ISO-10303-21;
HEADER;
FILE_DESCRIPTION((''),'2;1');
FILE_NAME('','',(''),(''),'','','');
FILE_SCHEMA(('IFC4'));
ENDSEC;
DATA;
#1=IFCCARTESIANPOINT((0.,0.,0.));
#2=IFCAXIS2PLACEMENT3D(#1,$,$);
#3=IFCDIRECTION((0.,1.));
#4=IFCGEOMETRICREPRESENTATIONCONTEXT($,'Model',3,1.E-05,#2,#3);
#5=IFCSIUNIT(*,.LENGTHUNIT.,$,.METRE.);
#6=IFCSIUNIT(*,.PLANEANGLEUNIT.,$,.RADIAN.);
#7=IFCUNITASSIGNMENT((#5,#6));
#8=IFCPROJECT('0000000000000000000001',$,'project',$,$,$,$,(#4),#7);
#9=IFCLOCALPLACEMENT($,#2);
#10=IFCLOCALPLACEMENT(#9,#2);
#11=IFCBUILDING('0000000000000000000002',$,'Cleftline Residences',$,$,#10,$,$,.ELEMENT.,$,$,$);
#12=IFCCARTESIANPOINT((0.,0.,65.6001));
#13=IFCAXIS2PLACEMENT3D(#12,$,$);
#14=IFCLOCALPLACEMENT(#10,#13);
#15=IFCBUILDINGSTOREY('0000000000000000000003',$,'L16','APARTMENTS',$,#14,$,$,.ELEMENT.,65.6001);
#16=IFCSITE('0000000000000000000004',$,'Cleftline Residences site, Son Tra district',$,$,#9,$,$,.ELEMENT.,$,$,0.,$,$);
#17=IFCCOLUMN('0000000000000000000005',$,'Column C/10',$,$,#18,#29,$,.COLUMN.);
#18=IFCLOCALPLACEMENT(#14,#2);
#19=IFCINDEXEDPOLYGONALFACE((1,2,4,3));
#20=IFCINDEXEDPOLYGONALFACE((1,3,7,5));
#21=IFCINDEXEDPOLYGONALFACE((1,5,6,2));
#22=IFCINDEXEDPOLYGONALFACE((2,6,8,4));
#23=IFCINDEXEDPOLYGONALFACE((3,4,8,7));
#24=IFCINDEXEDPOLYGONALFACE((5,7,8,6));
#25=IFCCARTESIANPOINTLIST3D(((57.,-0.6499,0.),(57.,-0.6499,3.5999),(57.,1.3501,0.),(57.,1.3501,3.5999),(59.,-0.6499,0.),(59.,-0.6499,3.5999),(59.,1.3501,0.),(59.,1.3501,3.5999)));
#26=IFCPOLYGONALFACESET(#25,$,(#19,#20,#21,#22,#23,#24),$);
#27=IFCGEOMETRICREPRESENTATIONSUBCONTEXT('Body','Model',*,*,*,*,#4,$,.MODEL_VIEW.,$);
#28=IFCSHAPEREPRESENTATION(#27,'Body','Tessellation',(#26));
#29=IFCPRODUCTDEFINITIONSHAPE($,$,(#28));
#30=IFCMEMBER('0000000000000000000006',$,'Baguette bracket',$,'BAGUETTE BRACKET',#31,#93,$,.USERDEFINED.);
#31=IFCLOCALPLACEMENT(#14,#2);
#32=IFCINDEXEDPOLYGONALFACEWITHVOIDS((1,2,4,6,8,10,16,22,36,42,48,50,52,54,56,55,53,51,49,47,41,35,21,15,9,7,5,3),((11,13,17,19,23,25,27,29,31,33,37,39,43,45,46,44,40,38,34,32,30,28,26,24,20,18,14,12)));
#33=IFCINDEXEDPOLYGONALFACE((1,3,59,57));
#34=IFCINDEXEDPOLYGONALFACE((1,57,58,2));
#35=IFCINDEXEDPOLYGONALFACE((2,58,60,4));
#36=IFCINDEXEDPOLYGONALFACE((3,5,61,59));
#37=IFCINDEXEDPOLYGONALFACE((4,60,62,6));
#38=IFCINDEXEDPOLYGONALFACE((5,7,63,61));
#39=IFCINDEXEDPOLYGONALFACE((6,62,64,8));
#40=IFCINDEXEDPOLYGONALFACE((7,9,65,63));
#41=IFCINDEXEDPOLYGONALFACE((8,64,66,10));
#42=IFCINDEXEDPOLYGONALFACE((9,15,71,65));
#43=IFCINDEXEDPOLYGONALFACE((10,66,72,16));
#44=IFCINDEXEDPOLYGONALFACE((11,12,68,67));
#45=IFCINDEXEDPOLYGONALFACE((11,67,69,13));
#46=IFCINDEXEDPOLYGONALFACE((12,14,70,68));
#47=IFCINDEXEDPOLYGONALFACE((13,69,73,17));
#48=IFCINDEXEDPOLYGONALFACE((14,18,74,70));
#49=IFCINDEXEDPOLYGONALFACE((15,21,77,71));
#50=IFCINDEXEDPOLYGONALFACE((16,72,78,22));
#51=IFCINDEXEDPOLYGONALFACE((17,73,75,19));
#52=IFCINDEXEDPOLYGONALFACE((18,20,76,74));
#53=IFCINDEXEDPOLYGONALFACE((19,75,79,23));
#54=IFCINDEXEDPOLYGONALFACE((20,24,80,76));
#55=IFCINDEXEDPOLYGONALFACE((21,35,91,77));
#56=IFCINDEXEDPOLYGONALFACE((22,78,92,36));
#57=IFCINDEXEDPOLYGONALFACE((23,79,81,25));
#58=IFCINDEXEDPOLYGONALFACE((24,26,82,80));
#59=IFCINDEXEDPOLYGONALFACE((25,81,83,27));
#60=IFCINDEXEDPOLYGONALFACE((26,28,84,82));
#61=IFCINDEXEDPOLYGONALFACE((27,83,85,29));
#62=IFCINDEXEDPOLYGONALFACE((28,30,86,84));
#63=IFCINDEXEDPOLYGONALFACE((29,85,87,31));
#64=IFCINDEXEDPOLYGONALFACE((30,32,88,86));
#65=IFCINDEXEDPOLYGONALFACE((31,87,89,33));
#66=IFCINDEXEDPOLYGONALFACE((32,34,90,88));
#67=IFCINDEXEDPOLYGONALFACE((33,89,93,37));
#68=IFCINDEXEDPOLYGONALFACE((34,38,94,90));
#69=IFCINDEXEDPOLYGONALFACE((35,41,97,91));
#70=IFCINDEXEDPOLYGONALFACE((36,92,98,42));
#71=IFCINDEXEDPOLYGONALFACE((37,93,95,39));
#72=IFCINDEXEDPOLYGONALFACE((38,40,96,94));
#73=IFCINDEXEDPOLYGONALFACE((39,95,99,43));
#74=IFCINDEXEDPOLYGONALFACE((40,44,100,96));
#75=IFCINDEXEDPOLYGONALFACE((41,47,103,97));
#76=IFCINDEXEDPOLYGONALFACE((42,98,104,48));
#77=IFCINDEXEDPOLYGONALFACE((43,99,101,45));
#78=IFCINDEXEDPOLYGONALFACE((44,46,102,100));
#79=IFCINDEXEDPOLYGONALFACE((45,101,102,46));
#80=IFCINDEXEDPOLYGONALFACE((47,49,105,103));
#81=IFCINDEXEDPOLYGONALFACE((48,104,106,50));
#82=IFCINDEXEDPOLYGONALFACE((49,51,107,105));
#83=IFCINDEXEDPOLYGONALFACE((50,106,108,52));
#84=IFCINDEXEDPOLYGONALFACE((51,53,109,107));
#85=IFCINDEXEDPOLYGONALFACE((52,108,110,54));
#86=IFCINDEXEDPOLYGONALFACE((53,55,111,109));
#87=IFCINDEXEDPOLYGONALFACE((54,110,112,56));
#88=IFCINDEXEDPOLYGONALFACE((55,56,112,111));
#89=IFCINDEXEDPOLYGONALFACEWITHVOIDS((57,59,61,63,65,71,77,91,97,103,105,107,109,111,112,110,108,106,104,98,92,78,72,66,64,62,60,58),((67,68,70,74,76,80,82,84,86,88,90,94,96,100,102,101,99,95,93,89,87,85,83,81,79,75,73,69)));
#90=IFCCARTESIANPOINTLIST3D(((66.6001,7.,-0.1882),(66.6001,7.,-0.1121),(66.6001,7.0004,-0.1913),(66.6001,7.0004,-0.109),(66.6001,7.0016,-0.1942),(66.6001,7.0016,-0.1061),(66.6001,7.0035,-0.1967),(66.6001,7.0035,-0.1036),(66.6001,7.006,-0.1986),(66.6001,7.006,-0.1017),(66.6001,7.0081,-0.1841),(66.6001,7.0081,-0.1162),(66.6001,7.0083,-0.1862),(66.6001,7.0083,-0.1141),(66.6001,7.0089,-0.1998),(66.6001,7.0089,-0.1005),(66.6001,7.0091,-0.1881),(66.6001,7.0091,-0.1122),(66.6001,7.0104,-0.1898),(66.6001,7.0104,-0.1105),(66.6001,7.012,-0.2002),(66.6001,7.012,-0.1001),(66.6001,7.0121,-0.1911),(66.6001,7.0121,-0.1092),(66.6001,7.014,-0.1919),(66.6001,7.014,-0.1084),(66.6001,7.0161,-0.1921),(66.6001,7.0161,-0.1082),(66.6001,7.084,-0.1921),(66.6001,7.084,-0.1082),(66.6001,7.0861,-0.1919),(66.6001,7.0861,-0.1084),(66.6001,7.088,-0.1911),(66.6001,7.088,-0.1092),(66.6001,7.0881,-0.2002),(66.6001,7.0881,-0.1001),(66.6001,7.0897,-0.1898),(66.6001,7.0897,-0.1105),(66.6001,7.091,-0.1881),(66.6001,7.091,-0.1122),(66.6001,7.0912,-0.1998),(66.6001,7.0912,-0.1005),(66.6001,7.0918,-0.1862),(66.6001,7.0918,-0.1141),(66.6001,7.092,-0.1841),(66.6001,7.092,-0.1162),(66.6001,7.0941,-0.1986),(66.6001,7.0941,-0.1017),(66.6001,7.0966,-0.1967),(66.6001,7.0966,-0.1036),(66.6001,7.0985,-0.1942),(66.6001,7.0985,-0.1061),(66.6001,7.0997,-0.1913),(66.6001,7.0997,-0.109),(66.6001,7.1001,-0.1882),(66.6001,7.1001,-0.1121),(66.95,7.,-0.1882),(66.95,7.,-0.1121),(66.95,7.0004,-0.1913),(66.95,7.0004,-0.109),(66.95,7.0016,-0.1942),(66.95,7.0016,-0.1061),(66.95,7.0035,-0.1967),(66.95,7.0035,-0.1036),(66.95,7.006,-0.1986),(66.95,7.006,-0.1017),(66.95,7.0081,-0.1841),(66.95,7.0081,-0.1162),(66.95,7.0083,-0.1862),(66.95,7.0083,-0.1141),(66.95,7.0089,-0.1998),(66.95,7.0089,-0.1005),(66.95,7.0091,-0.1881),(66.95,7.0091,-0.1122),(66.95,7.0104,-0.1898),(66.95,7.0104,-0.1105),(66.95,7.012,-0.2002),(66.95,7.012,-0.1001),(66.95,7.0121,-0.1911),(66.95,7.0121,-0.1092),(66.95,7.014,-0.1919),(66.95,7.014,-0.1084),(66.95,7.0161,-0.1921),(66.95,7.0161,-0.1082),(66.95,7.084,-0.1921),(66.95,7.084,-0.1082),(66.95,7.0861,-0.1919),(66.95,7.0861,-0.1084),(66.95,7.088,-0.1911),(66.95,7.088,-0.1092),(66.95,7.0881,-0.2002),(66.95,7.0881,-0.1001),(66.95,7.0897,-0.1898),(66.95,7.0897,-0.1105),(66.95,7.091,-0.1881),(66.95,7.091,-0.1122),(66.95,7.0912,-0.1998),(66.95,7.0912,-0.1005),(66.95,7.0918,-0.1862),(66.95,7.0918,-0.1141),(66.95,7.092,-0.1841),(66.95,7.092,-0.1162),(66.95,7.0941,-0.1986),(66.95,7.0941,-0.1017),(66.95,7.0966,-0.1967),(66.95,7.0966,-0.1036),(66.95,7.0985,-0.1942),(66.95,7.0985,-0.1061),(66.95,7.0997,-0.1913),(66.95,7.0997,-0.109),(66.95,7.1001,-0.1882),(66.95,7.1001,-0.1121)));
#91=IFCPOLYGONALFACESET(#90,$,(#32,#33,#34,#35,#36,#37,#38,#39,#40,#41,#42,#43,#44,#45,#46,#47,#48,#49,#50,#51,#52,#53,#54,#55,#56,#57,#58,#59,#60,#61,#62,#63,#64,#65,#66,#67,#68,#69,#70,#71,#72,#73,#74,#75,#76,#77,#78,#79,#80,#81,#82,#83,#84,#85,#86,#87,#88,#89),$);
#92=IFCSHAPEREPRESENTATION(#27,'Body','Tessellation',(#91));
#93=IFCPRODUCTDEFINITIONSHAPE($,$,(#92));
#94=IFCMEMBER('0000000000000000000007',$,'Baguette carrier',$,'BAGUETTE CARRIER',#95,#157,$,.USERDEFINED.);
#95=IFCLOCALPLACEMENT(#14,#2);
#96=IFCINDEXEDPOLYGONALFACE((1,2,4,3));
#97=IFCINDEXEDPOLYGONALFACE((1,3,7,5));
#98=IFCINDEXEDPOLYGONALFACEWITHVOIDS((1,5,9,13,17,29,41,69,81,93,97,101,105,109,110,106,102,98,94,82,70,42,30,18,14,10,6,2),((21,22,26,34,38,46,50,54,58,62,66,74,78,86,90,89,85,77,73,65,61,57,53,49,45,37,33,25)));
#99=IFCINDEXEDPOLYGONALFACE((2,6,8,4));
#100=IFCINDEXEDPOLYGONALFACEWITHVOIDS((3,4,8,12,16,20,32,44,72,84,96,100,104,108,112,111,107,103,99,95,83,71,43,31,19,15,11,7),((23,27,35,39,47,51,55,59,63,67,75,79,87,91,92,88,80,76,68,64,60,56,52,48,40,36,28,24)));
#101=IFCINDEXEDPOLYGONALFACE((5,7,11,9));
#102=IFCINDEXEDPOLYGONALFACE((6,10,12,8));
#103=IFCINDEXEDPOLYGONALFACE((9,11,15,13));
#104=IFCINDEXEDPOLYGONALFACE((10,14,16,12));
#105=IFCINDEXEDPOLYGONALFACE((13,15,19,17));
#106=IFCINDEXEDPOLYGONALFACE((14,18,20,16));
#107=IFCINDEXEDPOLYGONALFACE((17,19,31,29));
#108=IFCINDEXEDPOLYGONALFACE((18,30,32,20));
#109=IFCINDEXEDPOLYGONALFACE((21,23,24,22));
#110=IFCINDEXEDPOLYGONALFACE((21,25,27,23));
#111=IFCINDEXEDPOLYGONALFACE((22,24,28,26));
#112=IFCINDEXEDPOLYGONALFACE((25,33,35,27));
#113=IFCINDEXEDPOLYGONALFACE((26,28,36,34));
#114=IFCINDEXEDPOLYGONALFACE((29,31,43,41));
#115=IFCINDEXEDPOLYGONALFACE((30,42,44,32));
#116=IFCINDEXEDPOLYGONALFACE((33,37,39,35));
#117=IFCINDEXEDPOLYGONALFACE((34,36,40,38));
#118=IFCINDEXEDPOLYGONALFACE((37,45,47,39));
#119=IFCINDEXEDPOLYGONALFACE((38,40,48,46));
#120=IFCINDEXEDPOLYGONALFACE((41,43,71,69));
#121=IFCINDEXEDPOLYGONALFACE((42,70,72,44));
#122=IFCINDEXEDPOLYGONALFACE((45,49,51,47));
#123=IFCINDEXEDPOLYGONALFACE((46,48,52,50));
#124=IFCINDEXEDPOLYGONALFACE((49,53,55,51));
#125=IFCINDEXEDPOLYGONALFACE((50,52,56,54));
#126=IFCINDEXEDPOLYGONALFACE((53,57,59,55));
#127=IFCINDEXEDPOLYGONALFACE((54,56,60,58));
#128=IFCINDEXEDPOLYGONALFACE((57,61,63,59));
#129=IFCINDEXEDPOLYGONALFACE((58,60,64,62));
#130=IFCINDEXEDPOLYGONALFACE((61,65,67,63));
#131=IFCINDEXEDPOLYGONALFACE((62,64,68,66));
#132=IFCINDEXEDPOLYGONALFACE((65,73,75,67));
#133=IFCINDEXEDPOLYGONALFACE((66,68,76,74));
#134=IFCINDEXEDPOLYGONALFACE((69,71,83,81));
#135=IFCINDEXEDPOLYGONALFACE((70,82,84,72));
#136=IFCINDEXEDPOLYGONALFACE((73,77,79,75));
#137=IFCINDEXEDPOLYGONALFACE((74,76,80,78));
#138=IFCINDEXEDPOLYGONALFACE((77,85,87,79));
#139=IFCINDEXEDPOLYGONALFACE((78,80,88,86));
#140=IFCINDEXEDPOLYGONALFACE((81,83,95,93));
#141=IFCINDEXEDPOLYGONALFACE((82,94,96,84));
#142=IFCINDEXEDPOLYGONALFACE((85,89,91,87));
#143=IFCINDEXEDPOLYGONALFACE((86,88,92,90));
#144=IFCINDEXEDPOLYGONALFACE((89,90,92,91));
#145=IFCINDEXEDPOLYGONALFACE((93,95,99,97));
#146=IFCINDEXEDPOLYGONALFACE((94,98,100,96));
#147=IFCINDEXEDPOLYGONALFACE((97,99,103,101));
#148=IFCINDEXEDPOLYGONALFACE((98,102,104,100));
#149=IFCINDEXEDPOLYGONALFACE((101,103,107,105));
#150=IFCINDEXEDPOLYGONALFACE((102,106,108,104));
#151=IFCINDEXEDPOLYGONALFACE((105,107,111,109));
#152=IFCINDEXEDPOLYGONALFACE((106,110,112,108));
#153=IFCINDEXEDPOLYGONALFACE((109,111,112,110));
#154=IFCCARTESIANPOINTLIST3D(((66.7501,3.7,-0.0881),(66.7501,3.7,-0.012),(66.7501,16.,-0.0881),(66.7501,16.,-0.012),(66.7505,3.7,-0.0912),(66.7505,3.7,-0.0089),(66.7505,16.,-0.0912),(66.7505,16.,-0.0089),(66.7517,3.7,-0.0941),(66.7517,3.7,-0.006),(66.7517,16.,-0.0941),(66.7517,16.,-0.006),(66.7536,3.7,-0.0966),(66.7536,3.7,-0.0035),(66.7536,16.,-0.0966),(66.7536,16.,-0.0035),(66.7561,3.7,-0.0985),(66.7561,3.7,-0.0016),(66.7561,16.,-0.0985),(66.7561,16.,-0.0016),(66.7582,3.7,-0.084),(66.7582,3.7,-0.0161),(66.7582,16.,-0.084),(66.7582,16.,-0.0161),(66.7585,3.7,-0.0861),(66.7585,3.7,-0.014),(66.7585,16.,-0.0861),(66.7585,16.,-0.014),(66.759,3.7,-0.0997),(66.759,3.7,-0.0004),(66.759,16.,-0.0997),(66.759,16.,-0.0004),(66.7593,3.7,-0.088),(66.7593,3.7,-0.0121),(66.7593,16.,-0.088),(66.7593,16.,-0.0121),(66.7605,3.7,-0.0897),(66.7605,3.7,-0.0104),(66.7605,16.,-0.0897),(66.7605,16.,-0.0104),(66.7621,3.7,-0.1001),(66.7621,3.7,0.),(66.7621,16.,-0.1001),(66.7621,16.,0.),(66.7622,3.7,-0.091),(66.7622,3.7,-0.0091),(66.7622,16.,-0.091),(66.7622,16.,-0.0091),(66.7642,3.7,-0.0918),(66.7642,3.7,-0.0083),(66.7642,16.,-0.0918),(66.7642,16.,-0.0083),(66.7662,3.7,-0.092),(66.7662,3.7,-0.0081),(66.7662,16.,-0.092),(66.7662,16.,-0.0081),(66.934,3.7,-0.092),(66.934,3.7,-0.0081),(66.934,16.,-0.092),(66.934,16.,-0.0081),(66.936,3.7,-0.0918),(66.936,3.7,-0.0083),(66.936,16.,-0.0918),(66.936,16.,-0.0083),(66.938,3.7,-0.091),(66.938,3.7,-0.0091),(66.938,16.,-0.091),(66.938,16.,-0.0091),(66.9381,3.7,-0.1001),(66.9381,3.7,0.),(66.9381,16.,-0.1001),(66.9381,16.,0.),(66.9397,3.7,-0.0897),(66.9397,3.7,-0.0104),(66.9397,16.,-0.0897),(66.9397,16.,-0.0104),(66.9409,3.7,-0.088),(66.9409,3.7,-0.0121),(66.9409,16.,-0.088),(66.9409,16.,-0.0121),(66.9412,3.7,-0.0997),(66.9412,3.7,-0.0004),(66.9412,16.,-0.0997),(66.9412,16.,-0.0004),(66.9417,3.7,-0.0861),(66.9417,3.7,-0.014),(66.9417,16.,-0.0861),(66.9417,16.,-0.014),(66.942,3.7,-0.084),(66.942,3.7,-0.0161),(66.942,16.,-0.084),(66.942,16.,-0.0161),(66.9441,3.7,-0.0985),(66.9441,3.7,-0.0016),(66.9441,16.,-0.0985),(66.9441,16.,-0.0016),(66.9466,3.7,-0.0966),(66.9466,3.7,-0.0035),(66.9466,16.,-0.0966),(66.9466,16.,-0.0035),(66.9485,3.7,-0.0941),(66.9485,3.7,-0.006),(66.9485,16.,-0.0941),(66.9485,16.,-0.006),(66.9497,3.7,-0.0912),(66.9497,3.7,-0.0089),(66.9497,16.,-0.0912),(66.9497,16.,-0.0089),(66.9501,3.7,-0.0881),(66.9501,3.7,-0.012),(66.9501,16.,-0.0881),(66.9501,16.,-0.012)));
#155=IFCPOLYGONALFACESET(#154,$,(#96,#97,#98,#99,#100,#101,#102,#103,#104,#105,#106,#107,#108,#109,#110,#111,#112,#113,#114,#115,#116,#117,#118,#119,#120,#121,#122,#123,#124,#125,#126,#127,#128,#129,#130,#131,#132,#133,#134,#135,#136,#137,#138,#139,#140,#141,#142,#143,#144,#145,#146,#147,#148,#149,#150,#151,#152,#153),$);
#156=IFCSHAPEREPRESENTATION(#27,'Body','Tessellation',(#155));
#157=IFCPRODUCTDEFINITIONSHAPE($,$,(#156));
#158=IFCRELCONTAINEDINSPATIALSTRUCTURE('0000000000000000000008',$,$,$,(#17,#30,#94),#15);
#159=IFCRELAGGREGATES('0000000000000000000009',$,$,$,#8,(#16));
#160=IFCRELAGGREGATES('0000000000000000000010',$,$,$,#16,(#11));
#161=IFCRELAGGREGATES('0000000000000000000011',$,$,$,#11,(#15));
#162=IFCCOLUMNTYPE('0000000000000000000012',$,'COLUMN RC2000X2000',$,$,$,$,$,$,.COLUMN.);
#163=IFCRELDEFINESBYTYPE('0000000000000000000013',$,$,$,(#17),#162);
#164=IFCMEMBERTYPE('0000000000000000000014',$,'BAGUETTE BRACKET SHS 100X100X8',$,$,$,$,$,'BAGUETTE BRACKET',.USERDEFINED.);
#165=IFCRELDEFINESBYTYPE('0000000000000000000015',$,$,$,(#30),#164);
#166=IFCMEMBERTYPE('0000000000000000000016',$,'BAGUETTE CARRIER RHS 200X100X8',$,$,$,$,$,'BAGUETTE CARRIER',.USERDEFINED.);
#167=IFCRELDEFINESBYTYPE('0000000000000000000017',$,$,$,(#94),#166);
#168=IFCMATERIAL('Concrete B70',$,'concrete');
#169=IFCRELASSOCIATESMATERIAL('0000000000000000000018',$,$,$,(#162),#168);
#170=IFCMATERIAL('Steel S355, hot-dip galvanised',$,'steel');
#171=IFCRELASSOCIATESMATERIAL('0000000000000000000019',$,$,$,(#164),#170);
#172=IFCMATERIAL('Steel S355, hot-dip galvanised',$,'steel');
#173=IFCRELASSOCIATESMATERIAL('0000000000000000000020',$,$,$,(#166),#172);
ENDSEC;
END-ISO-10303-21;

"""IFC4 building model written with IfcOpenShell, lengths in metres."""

from ifc_helpers import new_model, si_unit, direction, frame, origin, origin_2d, place, context, subcontext, project, spatial, rectangle, hollow_rectangle, extrude, material, material_profile, profile_set, type_object, element, save


model = new_model("IFC4")

# Units and contexts
model_context = context("Model", 3, precision=1e-05, world=origin(), true_north=direction((0.0, 1.0)))
body_context = subcontext(model_context, "Body", "Model", "MODEL_VIEW")
ifc_project = project(units=[si_unit("LENGTHUNIT", "METRE"), si_unit("PLANEANGLEUNIT", "RADIAN")], contexts=[model_context])

# Site, building, storey
site_placement = place(None, origin())
site = spatial("IfcSite", under=ifc_project, at=site_placement, Name="Cleftline Residences site, Son Tra district", CompositionType="ELEMENT", RefElevation=0.0)
building_placement = place(site_placement, origin())
building = spatial("IfcBuilding", under=site, at=building_placement, Name="Cleftline Residences", CompositionType="ELEMENT")
storey_placement = place(building_placement, frame((0.0, 0.0, 65.6001)))
storey = spatial("IfcBuildingStorey", under=building, at=storey_placement, Name="L16", Description="APARTMENTS", CompositionType="ELEMENT", Elevation=65.6001)

# Column
ifc_material_1 = material(Name="Concrete B70", Category="concrete")
ifc_material_profile_1 = material_profile(ifc_material_1, rectangle(XDim=2.0, YDim=2.0, at=origin_2d()))
ifc_profile_set_1 = profile_set([ifc_material_profile_1], Name="Concrete B70")
column_type = type_object("IfcColumnType", Name="COLUMN RC2000X2000", PredefinedType="COLUMN", material=ifc_profile_set_1)
column_placement = place(storey_placement, frame((58.0, 0.3501, 0.0), z_axis=(0.0, 0.0, 1.0), x_axis=(1.0, 0.0, 0.0)))
element("IfcColumn", 1, at=column_placement, inside=storey, type_object=column_type, Name="Column C/10", PredefinedType="COLUMN", context=body_context, shape_type="SweptSolid", body=[
    extrude(rectangle(XDim=2.0, YDim=2.0, at=origin_2d()), origin(), (0.0, 0.0, 1.0), 3.5999),
])

# Members
ifc_material_2 = material(Name="Steel S355, hot-dip galvanised", Category="steel")
ifc_material_profile_2 = material_profile(ifc_material_2, hollow_rectangle(XDim=0.1001, YDim=0.1001, WallThickness=0.0081, InnerFilletRadius=0.0081, OuterFilletRadius=0.012, at=origin_2d()))
ifc_profile_set_2 = profile_set([ifc_material_profile_2], Name="Steel S355, hot-dip galvanised")
member_type_1 = type_object("IfcMemberType", Name="BAGUETTE BRACKET SHS 100X100X8", ElementType="BAGUETTE BRACKET", PredefinedType="USERDEFINED", material=ifc_profile_set_2)
member_1_placement = place(storey_placement, frame((66.6001, 7.05, -0.1501), z_axis=(1.0, 0.0, 0.0), x_axis=(0.0, 1.0, 0.0)))
element("IfcMember", 2, at=member_1_placement, inside=storey, type_object=member_type_1, Name="Baguette bracket", ObjectType="BAGUETTE BRACKET", PredefinedType="USERDEFINED", context=body_context, shape_type="SweptSolid", body=[
    extrude(hollow_rectangle(XDim=0.1001, YDim=0.1001, WallThickness=0.0081, InnerFilletRadius=0.0081, OuterFilletRadius=0.012, at=origin_2d()), origin(), (0.0, 0.0, 1.0), 0.3499),
])
ifc_material_3 = material(Name="Steel S355, hot-dip galvanised", Category="steel")
ifc_material_profile_3 = material_profile(ifc_material_3, hollow_rectangle(XDim=0.1001, YDim=0.2, WallThickness=0.0081, InnerFilletRadius=0.0081, OuterFilletRadius=0.012, at=origin_2d()))
ifc_profile_set_3 = profile_set([ifc_material_profile_3], Name="Steel S355, hot-dip galvanised")
member_type_2 = type_object("IfcMemberType", Name="BAGUETTE CARRIER RHS 200X100X8", ElementType="BAGUETTE CARRIER", PredefinedType="USERDEFINED", material=ifc_profile_set_3)
member_2_placement = place(storey_placement, frame((66.8501, 3.7, -0.05), z_axis=(0.0, 1.0, 0.0), x_axis=(0.0, 0.0, 1.0)))
element("IfcMember", 3, at=member_2_placement, inside=storey, type_object=member_type_2, Name="Baguette carrier", ObjectType="BAGUETTE CARRIER", PredefinedType="USERDEFINED", context=body_context, shape_type="SweptSolid", body=[
    extrude(hollow_rectangle(XDim=0.1001, YDim=0.2, WallThickness=0.0081, InnerFilletRadius=0.0081, OuterFilletRadius=0.012, at=origin_2d()), origin(), (0.0, 0.0, 1.0), 12.3),
])

save(model, "model.ifc")
